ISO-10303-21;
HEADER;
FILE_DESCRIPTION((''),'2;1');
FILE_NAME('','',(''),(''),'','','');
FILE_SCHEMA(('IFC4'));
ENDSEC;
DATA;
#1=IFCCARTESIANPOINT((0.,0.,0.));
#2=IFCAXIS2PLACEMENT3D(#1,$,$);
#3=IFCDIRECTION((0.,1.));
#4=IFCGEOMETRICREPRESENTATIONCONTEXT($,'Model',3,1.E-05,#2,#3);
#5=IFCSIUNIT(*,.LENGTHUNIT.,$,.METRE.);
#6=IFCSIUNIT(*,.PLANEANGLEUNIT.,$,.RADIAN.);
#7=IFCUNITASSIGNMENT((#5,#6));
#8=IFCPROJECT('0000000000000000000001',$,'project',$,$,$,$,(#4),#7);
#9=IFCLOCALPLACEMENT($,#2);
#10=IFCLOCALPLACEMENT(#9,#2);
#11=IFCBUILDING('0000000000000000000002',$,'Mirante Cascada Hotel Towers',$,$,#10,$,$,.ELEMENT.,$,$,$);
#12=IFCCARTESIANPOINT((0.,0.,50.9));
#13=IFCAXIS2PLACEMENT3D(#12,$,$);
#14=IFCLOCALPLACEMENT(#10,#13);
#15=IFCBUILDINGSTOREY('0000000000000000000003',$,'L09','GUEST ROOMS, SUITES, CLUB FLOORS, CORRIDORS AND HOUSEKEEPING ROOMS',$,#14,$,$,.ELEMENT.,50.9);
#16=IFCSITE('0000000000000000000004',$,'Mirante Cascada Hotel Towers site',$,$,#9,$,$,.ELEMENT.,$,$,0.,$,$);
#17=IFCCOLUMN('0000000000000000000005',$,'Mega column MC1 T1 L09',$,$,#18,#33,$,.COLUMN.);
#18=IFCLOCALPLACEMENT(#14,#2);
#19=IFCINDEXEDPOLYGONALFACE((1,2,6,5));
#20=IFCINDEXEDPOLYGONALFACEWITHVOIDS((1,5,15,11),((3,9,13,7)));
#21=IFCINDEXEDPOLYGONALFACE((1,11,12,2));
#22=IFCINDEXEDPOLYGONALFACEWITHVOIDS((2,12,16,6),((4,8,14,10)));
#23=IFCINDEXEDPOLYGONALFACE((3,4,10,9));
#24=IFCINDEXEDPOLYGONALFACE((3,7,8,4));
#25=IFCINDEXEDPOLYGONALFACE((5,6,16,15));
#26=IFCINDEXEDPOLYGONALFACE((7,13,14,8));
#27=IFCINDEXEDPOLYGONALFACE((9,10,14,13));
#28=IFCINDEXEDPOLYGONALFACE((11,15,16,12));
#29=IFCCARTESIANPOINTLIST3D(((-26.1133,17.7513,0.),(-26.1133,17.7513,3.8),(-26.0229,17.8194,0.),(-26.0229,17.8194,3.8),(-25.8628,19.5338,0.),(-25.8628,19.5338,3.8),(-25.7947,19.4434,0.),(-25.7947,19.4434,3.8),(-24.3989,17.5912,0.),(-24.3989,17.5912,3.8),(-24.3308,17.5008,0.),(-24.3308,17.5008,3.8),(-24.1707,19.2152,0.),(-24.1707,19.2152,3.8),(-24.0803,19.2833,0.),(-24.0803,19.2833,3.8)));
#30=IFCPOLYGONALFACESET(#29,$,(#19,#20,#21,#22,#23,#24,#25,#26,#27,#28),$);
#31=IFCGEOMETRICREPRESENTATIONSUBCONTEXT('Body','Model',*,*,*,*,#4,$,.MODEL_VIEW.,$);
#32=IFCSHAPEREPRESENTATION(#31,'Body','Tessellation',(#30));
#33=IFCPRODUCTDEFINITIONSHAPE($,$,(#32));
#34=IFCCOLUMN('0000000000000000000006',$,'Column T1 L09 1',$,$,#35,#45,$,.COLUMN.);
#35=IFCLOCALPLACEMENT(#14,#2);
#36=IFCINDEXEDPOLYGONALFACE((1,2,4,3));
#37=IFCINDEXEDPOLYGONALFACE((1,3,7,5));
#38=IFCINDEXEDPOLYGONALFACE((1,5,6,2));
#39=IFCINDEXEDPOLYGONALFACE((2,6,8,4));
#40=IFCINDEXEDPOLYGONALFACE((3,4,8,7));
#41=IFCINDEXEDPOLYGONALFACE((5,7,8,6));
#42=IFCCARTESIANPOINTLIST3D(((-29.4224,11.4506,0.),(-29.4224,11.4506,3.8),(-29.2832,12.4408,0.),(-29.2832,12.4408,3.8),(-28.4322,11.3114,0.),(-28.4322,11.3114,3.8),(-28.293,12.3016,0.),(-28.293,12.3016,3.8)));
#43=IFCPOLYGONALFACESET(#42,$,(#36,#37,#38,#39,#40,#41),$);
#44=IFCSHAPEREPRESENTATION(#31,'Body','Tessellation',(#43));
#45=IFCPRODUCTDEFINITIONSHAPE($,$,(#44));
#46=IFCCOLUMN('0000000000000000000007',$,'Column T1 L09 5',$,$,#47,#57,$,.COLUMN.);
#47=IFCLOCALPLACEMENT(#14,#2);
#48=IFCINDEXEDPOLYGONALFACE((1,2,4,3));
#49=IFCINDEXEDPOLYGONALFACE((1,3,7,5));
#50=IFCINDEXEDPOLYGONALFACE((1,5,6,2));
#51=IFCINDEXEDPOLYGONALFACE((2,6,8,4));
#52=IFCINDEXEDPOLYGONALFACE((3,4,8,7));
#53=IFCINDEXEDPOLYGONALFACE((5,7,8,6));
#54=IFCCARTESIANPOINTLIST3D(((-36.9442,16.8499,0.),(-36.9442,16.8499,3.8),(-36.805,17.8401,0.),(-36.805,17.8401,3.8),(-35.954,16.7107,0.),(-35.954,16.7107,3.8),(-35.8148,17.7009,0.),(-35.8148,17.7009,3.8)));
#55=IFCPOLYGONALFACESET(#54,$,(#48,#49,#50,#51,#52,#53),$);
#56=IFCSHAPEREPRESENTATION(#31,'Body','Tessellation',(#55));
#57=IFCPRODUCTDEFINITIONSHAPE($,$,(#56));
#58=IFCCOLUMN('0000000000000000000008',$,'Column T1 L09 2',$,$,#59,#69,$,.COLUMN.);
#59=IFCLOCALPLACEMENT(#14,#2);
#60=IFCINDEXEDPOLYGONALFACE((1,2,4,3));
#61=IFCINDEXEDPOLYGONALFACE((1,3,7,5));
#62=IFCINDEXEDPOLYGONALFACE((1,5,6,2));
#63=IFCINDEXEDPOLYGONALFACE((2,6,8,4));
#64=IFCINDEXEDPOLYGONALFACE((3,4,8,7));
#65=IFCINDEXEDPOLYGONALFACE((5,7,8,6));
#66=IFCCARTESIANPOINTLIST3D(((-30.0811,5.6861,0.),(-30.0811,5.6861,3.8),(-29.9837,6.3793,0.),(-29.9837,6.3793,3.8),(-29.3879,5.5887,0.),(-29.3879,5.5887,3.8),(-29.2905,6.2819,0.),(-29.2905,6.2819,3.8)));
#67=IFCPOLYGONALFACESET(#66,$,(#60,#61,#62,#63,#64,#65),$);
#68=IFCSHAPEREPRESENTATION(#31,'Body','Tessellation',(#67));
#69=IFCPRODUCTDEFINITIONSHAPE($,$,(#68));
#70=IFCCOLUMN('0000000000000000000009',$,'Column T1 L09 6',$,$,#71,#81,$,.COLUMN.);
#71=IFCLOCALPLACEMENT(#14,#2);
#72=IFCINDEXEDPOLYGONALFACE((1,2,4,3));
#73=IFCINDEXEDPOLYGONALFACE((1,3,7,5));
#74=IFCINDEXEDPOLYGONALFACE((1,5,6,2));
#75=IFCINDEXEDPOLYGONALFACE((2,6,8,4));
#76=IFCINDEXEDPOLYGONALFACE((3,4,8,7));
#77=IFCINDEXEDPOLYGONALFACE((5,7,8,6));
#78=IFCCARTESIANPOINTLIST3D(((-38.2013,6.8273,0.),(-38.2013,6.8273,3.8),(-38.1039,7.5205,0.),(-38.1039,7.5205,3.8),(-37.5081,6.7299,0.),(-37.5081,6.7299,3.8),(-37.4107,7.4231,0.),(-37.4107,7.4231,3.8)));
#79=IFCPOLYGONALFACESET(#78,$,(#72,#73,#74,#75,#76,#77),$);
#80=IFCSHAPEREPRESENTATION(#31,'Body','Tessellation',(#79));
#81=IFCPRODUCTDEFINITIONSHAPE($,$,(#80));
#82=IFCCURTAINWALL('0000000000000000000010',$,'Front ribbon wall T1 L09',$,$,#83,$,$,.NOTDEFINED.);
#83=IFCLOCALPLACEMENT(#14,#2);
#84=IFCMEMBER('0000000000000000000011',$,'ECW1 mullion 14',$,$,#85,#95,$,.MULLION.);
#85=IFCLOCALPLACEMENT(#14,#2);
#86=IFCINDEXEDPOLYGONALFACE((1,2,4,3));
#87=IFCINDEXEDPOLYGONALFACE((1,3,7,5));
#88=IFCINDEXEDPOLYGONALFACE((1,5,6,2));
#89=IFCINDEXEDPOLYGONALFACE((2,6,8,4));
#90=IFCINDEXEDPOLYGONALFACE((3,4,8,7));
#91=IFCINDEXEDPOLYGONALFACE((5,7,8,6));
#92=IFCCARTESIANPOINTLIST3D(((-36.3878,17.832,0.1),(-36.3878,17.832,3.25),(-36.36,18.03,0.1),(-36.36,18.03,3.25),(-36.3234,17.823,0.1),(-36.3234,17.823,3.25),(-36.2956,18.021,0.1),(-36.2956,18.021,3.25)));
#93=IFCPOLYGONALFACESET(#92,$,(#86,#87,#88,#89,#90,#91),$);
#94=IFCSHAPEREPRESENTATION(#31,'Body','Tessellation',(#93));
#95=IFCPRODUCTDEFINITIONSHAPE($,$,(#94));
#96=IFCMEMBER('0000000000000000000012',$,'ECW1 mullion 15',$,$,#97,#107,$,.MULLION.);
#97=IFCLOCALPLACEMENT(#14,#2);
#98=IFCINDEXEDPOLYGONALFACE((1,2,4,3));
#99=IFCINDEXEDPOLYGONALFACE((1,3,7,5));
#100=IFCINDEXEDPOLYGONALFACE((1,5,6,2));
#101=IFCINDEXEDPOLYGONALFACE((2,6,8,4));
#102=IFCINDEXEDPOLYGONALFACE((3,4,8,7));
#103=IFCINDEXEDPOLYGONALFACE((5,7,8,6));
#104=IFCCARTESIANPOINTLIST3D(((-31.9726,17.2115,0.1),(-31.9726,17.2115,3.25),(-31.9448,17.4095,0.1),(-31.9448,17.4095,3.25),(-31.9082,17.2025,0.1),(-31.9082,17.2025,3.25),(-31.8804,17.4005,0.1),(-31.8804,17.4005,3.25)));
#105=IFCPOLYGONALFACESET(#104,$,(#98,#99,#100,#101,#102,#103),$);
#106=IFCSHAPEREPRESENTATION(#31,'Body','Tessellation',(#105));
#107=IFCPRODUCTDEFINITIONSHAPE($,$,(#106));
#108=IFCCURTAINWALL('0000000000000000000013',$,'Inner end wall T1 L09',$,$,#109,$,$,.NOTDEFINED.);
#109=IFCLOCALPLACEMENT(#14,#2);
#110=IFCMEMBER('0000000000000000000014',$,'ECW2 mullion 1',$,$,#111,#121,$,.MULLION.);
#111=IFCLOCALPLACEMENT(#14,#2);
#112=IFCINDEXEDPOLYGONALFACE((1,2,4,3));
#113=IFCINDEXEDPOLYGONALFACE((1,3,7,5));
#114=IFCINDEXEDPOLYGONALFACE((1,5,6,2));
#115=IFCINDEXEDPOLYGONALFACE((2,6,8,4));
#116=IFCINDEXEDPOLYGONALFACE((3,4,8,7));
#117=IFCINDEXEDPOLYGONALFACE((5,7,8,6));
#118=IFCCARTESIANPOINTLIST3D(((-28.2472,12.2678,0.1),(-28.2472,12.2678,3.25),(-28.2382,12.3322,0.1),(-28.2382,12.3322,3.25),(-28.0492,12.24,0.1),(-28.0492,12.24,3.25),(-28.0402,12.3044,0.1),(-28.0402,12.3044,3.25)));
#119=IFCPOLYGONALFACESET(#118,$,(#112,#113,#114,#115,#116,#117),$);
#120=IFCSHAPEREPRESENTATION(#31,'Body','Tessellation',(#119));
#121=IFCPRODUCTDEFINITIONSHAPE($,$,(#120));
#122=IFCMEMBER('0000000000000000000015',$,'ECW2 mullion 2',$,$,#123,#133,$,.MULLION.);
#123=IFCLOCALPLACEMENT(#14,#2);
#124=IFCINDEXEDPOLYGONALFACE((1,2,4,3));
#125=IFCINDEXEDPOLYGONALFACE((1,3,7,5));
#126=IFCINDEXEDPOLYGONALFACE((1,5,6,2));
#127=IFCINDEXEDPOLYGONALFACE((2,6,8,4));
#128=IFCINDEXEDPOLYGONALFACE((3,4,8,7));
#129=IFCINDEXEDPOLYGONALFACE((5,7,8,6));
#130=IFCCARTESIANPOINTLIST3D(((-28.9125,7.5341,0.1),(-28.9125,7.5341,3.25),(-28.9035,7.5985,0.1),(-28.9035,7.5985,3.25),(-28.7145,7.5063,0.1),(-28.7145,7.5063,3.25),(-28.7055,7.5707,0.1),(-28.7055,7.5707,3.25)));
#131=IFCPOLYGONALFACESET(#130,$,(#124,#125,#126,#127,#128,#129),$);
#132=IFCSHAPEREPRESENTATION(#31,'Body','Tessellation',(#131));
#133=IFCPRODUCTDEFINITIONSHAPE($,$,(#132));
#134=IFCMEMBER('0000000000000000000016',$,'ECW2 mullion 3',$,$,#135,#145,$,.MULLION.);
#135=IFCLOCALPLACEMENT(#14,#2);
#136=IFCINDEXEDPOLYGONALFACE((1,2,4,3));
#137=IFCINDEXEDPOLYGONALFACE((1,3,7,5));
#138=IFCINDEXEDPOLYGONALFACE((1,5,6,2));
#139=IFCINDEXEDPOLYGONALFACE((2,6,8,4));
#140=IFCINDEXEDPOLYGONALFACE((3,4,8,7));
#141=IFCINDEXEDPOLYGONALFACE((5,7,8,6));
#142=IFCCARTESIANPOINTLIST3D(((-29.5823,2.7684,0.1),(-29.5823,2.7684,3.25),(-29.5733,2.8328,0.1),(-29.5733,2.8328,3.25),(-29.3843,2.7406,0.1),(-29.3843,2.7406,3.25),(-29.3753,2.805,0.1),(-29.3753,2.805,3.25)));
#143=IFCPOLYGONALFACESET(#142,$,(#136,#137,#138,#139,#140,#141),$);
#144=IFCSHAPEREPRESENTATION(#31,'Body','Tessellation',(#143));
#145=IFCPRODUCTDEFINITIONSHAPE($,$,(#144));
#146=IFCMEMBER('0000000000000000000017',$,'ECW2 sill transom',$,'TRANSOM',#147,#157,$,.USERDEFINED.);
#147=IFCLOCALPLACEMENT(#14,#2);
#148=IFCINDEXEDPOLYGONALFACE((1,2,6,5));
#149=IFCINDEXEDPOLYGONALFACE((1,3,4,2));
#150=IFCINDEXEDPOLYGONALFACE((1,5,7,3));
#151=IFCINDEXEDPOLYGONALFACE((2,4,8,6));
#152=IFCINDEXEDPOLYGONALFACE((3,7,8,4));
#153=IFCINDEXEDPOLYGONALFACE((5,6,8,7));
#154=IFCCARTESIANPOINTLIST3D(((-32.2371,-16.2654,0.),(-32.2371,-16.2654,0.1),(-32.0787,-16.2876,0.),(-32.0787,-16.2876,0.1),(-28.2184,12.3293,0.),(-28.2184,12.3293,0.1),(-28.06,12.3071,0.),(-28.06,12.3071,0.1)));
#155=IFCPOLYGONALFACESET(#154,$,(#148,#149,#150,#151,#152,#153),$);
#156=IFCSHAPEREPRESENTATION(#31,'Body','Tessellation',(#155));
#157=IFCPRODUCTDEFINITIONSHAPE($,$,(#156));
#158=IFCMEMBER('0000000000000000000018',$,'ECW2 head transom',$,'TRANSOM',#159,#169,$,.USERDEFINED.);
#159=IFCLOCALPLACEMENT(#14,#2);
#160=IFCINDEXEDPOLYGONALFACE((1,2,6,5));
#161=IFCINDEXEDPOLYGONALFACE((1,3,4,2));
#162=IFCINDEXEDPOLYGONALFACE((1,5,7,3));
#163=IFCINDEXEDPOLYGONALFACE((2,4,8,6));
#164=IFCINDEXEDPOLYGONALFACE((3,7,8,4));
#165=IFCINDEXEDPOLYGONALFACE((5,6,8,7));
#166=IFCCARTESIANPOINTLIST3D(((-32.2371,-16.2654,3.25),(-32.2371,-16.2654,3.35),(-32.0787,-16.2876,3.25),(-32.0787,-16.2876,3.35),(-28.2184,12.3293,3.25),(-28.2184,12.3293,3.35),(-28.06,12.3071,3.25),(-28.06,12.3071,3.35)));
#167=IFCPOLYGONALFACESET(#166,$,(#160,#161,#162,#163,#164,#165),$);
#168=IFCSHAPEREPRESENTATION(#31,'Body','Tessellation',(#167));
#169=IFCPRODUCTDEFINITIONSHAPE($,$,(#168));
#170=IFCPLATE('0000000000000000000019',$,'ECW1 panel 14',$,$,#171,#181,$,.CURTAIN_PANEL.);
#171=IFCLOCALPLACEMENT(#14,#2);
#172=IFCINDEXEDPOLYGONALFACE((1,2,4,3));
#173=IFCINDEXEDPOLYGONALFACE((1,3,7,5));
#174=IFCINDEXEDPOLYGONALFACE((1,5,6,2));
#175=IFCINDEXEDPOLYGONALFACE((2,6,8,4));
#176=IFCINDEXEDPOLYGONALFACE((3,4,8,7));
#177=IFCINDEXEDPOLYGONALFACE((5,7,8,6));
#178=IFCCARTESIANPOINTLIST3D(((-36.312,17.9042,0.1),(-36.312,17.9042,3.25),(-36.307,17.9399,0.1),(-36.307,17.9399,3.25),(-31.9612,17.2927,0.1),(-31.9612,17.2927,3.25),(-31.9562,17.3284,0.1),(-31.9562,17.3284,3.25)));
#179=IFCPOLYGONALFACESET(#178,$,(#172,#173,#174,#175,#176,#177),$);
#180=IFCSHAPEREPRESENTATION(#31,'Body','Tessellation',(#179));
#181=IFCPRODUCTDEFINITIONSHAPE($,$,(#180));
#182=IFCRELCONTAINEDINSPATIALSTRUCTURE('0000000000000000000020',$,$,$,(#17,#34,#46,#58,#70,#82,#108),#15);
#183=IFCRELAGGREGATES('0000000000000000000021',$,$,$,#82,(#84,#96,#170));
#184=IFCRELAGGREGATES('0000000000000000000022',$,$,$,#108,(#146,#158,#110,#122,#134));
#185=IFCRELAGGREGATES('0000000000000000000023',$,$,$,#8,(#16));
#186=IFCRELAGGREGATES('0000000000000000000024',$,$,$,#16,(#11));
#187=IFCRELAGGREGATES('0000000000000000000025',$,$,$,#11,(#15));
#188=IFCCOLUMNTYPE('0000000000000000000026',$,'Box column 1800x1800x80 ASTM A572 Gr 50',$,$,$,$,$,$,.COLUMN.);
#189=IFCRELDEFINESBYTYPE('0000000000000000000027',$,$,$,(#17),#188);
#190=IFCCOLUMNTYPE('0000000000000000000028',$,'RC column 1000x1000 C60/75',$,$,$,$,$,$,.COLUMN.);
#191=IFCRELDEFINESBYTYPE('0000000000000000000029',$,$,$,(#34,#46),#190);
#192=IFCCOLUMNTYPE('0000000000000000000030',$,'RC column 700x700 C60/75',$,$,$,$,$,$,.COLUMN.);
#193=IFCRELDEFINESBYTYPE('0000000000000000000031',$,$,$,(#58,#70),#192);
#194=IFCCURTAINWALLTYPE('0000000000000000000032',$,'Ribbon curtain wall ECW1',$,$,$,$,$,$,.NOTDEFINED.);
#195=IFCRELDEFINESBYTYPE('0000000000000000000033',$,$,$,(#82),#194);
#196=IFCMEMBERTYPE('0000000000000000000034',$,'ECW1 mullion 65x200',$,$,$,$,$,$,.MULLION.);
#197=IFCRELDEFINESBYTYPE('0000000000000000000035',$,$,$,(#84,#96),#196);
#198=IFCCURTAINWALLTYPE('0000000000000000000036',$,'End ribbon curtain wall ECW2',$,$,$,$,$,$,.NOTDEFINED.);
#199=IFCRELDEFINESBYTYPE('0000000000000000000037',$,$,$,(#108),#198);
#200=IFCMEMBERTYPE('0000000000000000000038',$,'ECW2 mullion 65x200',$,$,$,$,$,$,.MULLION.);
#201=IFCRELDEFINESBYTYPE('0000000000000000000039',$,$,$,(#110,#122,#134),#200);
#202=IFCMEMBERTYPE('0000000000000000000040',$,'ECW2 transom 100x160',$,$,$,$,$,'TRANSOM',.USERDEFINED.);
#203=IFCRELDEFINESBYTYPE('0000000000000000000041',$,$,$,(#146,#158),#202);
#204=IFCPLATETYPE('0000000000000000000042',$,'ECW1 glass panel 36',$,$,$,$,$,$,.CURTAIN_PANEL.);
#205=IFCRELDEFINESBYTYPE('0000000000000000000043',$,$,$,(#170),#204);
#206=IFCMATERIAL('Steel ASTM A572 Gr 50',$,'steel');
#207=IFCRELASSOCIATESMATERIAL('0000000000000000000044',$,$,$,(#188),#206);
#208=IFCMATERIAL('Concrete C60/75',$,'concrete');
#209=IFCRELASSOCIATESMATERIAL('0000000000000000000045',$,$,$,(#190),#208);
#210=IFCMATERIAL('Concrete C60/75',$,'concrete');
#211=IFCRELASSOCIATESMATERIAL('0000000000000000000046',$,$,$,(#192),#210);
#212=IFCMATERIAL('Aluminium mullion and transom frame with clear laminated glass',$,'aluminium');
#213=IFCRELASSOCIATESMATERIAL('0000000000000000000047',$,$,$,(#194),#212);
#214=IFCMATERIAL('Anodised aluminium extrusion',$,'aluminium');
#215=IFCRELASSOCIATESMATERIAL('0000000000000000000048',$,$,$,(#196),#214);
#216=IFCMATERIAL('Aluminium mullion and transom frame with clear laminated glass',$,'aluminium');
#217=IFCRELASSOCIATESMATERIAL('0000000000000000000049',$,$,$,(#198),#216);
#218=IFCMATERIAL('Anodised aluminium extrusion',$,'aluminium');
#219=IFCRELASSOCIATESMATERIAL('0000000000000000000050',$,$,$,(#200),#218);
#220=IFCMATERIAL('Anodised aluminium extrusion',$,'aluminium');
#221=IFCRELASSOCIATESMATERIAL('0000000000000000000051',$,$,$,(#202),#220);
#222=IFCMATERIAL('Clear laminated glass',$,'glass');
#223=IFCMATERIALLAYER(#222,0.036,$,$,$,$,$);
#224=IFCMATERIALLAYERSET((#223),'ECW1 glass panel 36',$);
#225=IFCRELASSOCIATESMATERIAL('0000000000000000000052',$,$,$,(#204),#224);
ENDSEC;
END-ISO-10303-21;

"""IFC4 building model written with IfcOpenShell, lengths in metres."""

from ifc_helpers import new_model, si_unit, direction, frame, origin, origin_2d, place, context, subcontext, project, spatial, rectangle, hollow_rectangle, extrude, material, layer, layer_set, material_profile, profile_set, type_object, element, aggregate, save


model = new_model("IFC4")

# Units and contexts
model_context = context("Model", 3, precision=1e-05, world=origin(), true_north=direction((0.0, 1.0)))
body_context = subcontext(model_context, "Body", "Model", "MODEL_VIEW")
ifc_project = project(units=[si_unit("LENGTHUNIT", "METRE"), si_unit("PLANEANGLEUNIT", "RADIAN")], contexts=[model_context])

# Site, building, storey
site_placement = place(None, origin())
site = spatial("IfcSite", under=ifc_project, at=site_placement, Name="Mirante Cascada Hotel Towers site", CompositionType="ELEMENT", RefElevation=0.0)
building_placement = place(site_placement, origin())
building = spatial("IfcBuilding", under=site, at=building_placement, Name="Mirante Cascada Hotel Towers", CompositionType="ELEMENT")
storey_placement = place(building_placement, frame((0.0, 0.0, 50.9)))
storey = spatial("IfcBuildingStorey", under=building, at=storey_placement, Name="L09", Description="GUEST ROOMS, SUITES, CLUB FLOORS, CORRIDORS AND HOUSEKEEPING ROOMS", CompositionType="ELEMENT", Elevation=50.9)

# Columns
ifc_material_1 = material(Name="Steel ASTM A572 Gr 50", Category="steel")
ifc_material_profile_1 = material_profile(ifc_material_1, hollow_rectangle(XDim=1.8, YDim=1.8, WallThickness=0.08, at=origin_2d()), Name="Box column 1800x1800x80 ASTM A572 Gr 50")
ifc_profile_set_1 = profile_set([ifc_material_profile_1], Name="Steel ASTM A572 Gr 50")
column_type_1 = type_object("IfcColumnType", Name="Box column 1800x1800x80 ASTM A572 Gr 50", PredefinedType="COLUMN", material=ifc_profile_set_1)
column_placement = place(storey_placement, frame((-25.0968, 18.5173, 0.0), z_axis=(0.0, 0.0, 1.0), x_axis=(-0.990268, 0.139173, 0.0)))
element("IfcColumn", 1, at=column_placement, inside=storey, type_object=column_type_1, Name="Mega column MC1 T1 L09", PredefinedType="COLUMN", context=body_context, shape_type="SweptSolid", body=[
    extrude(hollow_rectangle(XDim=1.8, YDim=1.8, WallThickness=0.08, at=origin_2d()), origin(), (0.0, 0.0, 1.0), 3.8),
])
ifc_material_2 = material(Name="Concrete C60/75", Category="concrete")
ifc_material_profile_2 = material_profile(ifc_material_2, rectangle(XDim=1.0, YDim=1.0, at=origin_2d()), Name="RC column 1000x1000 C60/75")
ifc_profile_set_2 = profile_set([ifc_material_profile_2], Name="Concrete C60/75")
column_type_2 = type_object("IfcColumnType", Name="RC column 1000x1000 C60/75", PredefinedType="COLUMN", material=ifc_profile_set_2)
for number, where, z_axis, x_axis, name in (
    (2, (-28.8577, 11.8761, 0.0), (0.0, 0.0, 1.0), (-0.990268, 0.139173, 0.0), "Column T1 L09 1"),
    (3, (-36.3795, 17.2754, 0.0), (0.0, 0.0, 1.0), (-0.990268, 0.139173, 0.0), "Column T1 L09 5"),
):
    element("IfcColumn", number, at=place(storey_placement, frame(where, z_axis=z_axis, x_axis=x_axis)), inside=storey, type_object=column_type_2, Name=name, PredefinedType="COLUMN", context=body_context, shape_type="SweptSolid", body=[
        extrude(rectangle(XDim=1.0, YDim=1.0, at=origin_2d()), origin(), (0.0, 0.0, 1.0), 3.8),
    ])
ifc_material_3 = material(Name="Concrete C60/75", Category="concrete")
ifc_material_profile_3 = material_profile(ifc_material_3, rectangle(XDim=0.7, YDim=0.7, at=origin_2d()), Name="RC column 700x700 C60/75")
ifc_profile_set_3 = profile_set([ifc_material_profile_3], Name="Concrete C60/75")
column_type_3 = type_object("IfcColumnType", Name="RC column 700x700 C60/75", PredefinedType="COLUMN", material=ifc_profile_set_3)
for number, where, z_axis, x_axis, name in (
    (4, (-29.6858, 5.984, 0.0), (0.0, 0.0, 1.0), (-0.990268, 0.139173, 0.0), "Column T1 L09 2"),
    (5, (-37.806, 7.1252, 0.0), (0.0, 0.0, 1.0), (-0.990268, 0.139173, 0.0), "Column T1 L09 6"),
):
    element("IfcColumn", number, at=place(storey_placement, frame(where, z_axis=z_axis, x_axis=x_axis)), inside=storey, type_object=column_type_3, Name=name, PredefinedType="COLUMN", context=body_context, shape_type="SweptSolid", body=[
        extrude(rectangle(XDim=0.7, YDim=0.7, at=origin_2d()), origin(), (0.0, 0.0, 1.0), 3.8),
    ])

# Curtain walls, members
ifc_material_4 = material(Name="Aluminium mullion and transom frame with clear laminated glass", Category="aluminium")
curtain_wall_type_1 = type_object("IfcCurtainWallType", Name="Ribbon curtain wall ECW1", PredefinedType="NOTDEFINED", material=ifc_material_4)
curtain_wall_1_placement = place(storey_placement, origin())
curtain_wall_1 = element("IfcCurtainWall", 6, at=curtain_wall_1_placement, inside=storey, type_object=curtain_wall_type_1, Name="Front ribbon wall T1 L09", PredefinedType="NOTDEFINED")
ifc_material_5 = material(Name="Anodised aluminium extrusion", Category="aluminium")
ifc_material_profile_4 = material_profile(ifc_material_5, rectangle(XDim=0.2, YDim=0.065, at=origin_2d()), Name="ECW1 MULLION 65x200")
ifc_profile_set_4 = profile_set([ifc_material_profile_4], Name="Anodised aluminium extrusion")
member_type_1 = type_object("IfcMemberType", Name="ECW1 mullion 65x200", PredefinedType="MULLION", material=ifc_profile_set_4)
member_1_placement = place(storey_placement, frame((-36.3417, 17.9265, 0.1), z_axis=(0.0, 0.0, 1.0), x_axis=(0.139173, 0.990268, 0.0)))
member_1 = element("IfcMember", 7, at=member_1_placement, type_object=member_type_1, Name="ECW1 mullion 14", PredefinedType="MULLION", context=body_context, shape_type="SweptSolid", body=[
    extrude(rectangle(XDim=0.2, YDim=0.065, at=origin_2d()), origin(), (0.0, 0.0, 1.0), 3.15),
])
member_2_placement = place(storey_placement, frame((-31.9265, 17.306, 0.1), z_axis=(0.0, 0.0, 1.0), x_axis=(0.139173, 0.990268, 0.0)))
member_2 = element("IfcMember", 8, at=member_2_placement, type_object=member_type_1, Name="ECW1 mullion 15", PredefinedType="MULLION", context=body_context, shape_type="SweptSolid", body=[
    extrude(rectangle(XDim=0.2, YDim=0.065, at=origin_2d()), origin(), (0.0, 0.0, 1.0), 3.15),
])
ifc_material_6 = material(Name="Aluminium mullion and transom frame with clear laminated glass", Category="aluminium")
curtain_wall_type_2 = type_object("IfcCurtainWallType", Name="End ribbon curtain wall ECW2", PredefinedType="NOTDEFINED", material=ifc_material_6)
curtain_wall_2_placement = place(storey_placement, origin())
curtain_wall_2 = element("IfcCurtainWall", 9, at=curtain_wall_2_placement, inside=storey, type_object=curtain_wall_type_2, Name="Inner end wall T1 L09", PredefinedType="NOTDEFINED")
ifc_material_7 = material(Name="Anodised aluminium extrusion", Category="aluminium")
ifc_material_profile_5 = material_profile(ifc_material_7, rectangle(XDim=0.2, YDim=0.065, at=origin_2d()), Name="ECW2 MULLION 65x200")
ifc_profile_set_5 = profile_set([ifc_material_profile_5], Name="Anodised aluminium extrusion")
member_type_2 = type_object("IfcMemberType", Name="ECW2 mullion 65x200", PredefinedType="MULLION", material=ifc_profile_set_5)
member_3_placement = place(storey_placement, frame((-28.1437, 12.2861, 0.1), z_axis=(0.0, 0.0, 1.0), x_axis=(0.990268, -0.139173, 0.0)))
member_3 = element("IfcMember", 10, at=member_3_placement, type_object=member_type_2, Name="ECW2 mullion 1", PredefinedType="MULLION", context=body_context, shape_type="SweptSolid", body=[
    extrude(rectangle(XDim=0.2, YDim=0.065, at=origin_2d()), origin(), (0.0, 0.0, 1.0), 3.15),
])
member_4_placement = place(storey_placement, frame((-28.809, 7.5524, 0.1), z_axis=(0.0, 0.0, 1.0), x_axis=(0.990268, -0.139173, 0.0)))
member_4 = element("IfcMember", 11, at=member_4_placement, type_object=member_type_2, Name="ECW2 mullion 2", PredefinedType="MULLION", context=body_context, shape_type="SweptSolid", body=[
    extrude(rectangle(XDim=0.2, YDim=0.065, at=origin_2d()), origin(), (0.0, 0.0, 1.0), 3.15),
])
member_5_placement = place(storey_placement, frame((-29.4788, 2.7867, 0.1), z_axis=(0.0, 0.0, 1.0), x_axis=(0.990268, -0.139173, 0.0)))
member_5 = element("IfcMember", 12, at=member_5_placement, type_object=member_type_2, Name="ECW2 mullion 3", PredefinedType="MULLION", context=body_context, shape_type="SweptSolid", body=[
    extrude(rectangle(XDim=0.2, YDim=0.065, at=origin_2d()), origin(), (0.0, 0.0, 1.0), 3.15),
])
ifc_material_8 = material(Name="Anodised aluminium extrusion", Category="aluminium")
ifc_material_profile_6 = material_profile(ifc_material_8, rectangle(XDim=0.16, YDim=0.1, at=origin_2d()), Name="ECW2 TRANSOM 100x160")
ifc_profile_set_6 = profile_set([ifc_material_profile_6], Name="Anodised aluminium extrusion")
member_type_3 = type_object("IfcMemberType", Name="ECW2 transom 100x160", ElementType="TRANSOM", PredefinedType="USERDEFINED", material=ifc_profile_set_6)
member_6_placement = place(storey_placement, frame((-28.1392, 12.3182, 0.05), z_axis=(-0.139172, -0.990268, 0.0), x_axis=(0.990268, -0.139172, 0.0)))
member_6 = element("IfcMember", 13, at=member_6_placement, type_object=member_type_3, Name="ECW2 sill transom", ObjectType="TRANSOM", PredefinedType="USERDEFINED", context=body_context, shape_type="SweptSolid", body=[
    extrude(rectangle(XDim=0.16, YDim=0.1, at=origin_2d()), origin(), (0.0, 0.0, 1.0), 28.8757),
])
member_7_placement = place(storey_placement, frame((-28.1392, 12.3182, 3.3), z_axis=(-0.139172, -0.990268, 0.0), x_axis=(0.990268, -0.139172, 0.0)))
member_7 = element("IfcMember", 14, at=member_7_placement, type_object=member_type_3, Name="ECW2 head transom", ObjectType="TRANSOM", PredefinedType="USERDEFINED", context=body_context, shape_type="SweptSolid", body=[
    extrude(rectangle(XDim=0.16, YDim=0.1, at=origin_2d()), origin(), (0.0, 0.0, 1.0), 28.8757),
])

# Plate
ifc_material_9 = material(Name="Clear laminated glass", Category="glass")
ifc_layer_1 = layer(ifc_material_9, 0.036)
ifc_layer_set_1 = layer_set([ifc_layer_1], Name="ECW1 glass panel 36")
plate_type_1 = type_object("IfcPlateType", Name="ECW1 glass panel 36", PredefinedType="CURTAIN_PANEL", material=ifc_layer_set_1)
plate_1_placement = place(storey_placement, frame((-34.1341, 17.6163, 0.1), z_axis=(0.0, 0.0, 1.0), x_axis=(0.990268, -0.139173, 0.0)))
plate_1 = element("IfcPlate", 15, at=plate_1_placement, type_object=plate_type_1, Name="ECW1 panel 14", PredefinedType="CURTAIN_PANEL", context=body_context, shape_type="SweptSolid", body=[
    extrude(rectangle(XDim=4.3936, YDim=0.036, at=origin_2d()), origin(), (0.0, 0.0, 1.0), 3.15),
])
aggregate(curtain_wall_1, [member_1, member_2, plate_1])
aggregate(curtain_wall_2, [member_6, member_7, member_3, member_4, member_5])

save(model, "model.ifc")
